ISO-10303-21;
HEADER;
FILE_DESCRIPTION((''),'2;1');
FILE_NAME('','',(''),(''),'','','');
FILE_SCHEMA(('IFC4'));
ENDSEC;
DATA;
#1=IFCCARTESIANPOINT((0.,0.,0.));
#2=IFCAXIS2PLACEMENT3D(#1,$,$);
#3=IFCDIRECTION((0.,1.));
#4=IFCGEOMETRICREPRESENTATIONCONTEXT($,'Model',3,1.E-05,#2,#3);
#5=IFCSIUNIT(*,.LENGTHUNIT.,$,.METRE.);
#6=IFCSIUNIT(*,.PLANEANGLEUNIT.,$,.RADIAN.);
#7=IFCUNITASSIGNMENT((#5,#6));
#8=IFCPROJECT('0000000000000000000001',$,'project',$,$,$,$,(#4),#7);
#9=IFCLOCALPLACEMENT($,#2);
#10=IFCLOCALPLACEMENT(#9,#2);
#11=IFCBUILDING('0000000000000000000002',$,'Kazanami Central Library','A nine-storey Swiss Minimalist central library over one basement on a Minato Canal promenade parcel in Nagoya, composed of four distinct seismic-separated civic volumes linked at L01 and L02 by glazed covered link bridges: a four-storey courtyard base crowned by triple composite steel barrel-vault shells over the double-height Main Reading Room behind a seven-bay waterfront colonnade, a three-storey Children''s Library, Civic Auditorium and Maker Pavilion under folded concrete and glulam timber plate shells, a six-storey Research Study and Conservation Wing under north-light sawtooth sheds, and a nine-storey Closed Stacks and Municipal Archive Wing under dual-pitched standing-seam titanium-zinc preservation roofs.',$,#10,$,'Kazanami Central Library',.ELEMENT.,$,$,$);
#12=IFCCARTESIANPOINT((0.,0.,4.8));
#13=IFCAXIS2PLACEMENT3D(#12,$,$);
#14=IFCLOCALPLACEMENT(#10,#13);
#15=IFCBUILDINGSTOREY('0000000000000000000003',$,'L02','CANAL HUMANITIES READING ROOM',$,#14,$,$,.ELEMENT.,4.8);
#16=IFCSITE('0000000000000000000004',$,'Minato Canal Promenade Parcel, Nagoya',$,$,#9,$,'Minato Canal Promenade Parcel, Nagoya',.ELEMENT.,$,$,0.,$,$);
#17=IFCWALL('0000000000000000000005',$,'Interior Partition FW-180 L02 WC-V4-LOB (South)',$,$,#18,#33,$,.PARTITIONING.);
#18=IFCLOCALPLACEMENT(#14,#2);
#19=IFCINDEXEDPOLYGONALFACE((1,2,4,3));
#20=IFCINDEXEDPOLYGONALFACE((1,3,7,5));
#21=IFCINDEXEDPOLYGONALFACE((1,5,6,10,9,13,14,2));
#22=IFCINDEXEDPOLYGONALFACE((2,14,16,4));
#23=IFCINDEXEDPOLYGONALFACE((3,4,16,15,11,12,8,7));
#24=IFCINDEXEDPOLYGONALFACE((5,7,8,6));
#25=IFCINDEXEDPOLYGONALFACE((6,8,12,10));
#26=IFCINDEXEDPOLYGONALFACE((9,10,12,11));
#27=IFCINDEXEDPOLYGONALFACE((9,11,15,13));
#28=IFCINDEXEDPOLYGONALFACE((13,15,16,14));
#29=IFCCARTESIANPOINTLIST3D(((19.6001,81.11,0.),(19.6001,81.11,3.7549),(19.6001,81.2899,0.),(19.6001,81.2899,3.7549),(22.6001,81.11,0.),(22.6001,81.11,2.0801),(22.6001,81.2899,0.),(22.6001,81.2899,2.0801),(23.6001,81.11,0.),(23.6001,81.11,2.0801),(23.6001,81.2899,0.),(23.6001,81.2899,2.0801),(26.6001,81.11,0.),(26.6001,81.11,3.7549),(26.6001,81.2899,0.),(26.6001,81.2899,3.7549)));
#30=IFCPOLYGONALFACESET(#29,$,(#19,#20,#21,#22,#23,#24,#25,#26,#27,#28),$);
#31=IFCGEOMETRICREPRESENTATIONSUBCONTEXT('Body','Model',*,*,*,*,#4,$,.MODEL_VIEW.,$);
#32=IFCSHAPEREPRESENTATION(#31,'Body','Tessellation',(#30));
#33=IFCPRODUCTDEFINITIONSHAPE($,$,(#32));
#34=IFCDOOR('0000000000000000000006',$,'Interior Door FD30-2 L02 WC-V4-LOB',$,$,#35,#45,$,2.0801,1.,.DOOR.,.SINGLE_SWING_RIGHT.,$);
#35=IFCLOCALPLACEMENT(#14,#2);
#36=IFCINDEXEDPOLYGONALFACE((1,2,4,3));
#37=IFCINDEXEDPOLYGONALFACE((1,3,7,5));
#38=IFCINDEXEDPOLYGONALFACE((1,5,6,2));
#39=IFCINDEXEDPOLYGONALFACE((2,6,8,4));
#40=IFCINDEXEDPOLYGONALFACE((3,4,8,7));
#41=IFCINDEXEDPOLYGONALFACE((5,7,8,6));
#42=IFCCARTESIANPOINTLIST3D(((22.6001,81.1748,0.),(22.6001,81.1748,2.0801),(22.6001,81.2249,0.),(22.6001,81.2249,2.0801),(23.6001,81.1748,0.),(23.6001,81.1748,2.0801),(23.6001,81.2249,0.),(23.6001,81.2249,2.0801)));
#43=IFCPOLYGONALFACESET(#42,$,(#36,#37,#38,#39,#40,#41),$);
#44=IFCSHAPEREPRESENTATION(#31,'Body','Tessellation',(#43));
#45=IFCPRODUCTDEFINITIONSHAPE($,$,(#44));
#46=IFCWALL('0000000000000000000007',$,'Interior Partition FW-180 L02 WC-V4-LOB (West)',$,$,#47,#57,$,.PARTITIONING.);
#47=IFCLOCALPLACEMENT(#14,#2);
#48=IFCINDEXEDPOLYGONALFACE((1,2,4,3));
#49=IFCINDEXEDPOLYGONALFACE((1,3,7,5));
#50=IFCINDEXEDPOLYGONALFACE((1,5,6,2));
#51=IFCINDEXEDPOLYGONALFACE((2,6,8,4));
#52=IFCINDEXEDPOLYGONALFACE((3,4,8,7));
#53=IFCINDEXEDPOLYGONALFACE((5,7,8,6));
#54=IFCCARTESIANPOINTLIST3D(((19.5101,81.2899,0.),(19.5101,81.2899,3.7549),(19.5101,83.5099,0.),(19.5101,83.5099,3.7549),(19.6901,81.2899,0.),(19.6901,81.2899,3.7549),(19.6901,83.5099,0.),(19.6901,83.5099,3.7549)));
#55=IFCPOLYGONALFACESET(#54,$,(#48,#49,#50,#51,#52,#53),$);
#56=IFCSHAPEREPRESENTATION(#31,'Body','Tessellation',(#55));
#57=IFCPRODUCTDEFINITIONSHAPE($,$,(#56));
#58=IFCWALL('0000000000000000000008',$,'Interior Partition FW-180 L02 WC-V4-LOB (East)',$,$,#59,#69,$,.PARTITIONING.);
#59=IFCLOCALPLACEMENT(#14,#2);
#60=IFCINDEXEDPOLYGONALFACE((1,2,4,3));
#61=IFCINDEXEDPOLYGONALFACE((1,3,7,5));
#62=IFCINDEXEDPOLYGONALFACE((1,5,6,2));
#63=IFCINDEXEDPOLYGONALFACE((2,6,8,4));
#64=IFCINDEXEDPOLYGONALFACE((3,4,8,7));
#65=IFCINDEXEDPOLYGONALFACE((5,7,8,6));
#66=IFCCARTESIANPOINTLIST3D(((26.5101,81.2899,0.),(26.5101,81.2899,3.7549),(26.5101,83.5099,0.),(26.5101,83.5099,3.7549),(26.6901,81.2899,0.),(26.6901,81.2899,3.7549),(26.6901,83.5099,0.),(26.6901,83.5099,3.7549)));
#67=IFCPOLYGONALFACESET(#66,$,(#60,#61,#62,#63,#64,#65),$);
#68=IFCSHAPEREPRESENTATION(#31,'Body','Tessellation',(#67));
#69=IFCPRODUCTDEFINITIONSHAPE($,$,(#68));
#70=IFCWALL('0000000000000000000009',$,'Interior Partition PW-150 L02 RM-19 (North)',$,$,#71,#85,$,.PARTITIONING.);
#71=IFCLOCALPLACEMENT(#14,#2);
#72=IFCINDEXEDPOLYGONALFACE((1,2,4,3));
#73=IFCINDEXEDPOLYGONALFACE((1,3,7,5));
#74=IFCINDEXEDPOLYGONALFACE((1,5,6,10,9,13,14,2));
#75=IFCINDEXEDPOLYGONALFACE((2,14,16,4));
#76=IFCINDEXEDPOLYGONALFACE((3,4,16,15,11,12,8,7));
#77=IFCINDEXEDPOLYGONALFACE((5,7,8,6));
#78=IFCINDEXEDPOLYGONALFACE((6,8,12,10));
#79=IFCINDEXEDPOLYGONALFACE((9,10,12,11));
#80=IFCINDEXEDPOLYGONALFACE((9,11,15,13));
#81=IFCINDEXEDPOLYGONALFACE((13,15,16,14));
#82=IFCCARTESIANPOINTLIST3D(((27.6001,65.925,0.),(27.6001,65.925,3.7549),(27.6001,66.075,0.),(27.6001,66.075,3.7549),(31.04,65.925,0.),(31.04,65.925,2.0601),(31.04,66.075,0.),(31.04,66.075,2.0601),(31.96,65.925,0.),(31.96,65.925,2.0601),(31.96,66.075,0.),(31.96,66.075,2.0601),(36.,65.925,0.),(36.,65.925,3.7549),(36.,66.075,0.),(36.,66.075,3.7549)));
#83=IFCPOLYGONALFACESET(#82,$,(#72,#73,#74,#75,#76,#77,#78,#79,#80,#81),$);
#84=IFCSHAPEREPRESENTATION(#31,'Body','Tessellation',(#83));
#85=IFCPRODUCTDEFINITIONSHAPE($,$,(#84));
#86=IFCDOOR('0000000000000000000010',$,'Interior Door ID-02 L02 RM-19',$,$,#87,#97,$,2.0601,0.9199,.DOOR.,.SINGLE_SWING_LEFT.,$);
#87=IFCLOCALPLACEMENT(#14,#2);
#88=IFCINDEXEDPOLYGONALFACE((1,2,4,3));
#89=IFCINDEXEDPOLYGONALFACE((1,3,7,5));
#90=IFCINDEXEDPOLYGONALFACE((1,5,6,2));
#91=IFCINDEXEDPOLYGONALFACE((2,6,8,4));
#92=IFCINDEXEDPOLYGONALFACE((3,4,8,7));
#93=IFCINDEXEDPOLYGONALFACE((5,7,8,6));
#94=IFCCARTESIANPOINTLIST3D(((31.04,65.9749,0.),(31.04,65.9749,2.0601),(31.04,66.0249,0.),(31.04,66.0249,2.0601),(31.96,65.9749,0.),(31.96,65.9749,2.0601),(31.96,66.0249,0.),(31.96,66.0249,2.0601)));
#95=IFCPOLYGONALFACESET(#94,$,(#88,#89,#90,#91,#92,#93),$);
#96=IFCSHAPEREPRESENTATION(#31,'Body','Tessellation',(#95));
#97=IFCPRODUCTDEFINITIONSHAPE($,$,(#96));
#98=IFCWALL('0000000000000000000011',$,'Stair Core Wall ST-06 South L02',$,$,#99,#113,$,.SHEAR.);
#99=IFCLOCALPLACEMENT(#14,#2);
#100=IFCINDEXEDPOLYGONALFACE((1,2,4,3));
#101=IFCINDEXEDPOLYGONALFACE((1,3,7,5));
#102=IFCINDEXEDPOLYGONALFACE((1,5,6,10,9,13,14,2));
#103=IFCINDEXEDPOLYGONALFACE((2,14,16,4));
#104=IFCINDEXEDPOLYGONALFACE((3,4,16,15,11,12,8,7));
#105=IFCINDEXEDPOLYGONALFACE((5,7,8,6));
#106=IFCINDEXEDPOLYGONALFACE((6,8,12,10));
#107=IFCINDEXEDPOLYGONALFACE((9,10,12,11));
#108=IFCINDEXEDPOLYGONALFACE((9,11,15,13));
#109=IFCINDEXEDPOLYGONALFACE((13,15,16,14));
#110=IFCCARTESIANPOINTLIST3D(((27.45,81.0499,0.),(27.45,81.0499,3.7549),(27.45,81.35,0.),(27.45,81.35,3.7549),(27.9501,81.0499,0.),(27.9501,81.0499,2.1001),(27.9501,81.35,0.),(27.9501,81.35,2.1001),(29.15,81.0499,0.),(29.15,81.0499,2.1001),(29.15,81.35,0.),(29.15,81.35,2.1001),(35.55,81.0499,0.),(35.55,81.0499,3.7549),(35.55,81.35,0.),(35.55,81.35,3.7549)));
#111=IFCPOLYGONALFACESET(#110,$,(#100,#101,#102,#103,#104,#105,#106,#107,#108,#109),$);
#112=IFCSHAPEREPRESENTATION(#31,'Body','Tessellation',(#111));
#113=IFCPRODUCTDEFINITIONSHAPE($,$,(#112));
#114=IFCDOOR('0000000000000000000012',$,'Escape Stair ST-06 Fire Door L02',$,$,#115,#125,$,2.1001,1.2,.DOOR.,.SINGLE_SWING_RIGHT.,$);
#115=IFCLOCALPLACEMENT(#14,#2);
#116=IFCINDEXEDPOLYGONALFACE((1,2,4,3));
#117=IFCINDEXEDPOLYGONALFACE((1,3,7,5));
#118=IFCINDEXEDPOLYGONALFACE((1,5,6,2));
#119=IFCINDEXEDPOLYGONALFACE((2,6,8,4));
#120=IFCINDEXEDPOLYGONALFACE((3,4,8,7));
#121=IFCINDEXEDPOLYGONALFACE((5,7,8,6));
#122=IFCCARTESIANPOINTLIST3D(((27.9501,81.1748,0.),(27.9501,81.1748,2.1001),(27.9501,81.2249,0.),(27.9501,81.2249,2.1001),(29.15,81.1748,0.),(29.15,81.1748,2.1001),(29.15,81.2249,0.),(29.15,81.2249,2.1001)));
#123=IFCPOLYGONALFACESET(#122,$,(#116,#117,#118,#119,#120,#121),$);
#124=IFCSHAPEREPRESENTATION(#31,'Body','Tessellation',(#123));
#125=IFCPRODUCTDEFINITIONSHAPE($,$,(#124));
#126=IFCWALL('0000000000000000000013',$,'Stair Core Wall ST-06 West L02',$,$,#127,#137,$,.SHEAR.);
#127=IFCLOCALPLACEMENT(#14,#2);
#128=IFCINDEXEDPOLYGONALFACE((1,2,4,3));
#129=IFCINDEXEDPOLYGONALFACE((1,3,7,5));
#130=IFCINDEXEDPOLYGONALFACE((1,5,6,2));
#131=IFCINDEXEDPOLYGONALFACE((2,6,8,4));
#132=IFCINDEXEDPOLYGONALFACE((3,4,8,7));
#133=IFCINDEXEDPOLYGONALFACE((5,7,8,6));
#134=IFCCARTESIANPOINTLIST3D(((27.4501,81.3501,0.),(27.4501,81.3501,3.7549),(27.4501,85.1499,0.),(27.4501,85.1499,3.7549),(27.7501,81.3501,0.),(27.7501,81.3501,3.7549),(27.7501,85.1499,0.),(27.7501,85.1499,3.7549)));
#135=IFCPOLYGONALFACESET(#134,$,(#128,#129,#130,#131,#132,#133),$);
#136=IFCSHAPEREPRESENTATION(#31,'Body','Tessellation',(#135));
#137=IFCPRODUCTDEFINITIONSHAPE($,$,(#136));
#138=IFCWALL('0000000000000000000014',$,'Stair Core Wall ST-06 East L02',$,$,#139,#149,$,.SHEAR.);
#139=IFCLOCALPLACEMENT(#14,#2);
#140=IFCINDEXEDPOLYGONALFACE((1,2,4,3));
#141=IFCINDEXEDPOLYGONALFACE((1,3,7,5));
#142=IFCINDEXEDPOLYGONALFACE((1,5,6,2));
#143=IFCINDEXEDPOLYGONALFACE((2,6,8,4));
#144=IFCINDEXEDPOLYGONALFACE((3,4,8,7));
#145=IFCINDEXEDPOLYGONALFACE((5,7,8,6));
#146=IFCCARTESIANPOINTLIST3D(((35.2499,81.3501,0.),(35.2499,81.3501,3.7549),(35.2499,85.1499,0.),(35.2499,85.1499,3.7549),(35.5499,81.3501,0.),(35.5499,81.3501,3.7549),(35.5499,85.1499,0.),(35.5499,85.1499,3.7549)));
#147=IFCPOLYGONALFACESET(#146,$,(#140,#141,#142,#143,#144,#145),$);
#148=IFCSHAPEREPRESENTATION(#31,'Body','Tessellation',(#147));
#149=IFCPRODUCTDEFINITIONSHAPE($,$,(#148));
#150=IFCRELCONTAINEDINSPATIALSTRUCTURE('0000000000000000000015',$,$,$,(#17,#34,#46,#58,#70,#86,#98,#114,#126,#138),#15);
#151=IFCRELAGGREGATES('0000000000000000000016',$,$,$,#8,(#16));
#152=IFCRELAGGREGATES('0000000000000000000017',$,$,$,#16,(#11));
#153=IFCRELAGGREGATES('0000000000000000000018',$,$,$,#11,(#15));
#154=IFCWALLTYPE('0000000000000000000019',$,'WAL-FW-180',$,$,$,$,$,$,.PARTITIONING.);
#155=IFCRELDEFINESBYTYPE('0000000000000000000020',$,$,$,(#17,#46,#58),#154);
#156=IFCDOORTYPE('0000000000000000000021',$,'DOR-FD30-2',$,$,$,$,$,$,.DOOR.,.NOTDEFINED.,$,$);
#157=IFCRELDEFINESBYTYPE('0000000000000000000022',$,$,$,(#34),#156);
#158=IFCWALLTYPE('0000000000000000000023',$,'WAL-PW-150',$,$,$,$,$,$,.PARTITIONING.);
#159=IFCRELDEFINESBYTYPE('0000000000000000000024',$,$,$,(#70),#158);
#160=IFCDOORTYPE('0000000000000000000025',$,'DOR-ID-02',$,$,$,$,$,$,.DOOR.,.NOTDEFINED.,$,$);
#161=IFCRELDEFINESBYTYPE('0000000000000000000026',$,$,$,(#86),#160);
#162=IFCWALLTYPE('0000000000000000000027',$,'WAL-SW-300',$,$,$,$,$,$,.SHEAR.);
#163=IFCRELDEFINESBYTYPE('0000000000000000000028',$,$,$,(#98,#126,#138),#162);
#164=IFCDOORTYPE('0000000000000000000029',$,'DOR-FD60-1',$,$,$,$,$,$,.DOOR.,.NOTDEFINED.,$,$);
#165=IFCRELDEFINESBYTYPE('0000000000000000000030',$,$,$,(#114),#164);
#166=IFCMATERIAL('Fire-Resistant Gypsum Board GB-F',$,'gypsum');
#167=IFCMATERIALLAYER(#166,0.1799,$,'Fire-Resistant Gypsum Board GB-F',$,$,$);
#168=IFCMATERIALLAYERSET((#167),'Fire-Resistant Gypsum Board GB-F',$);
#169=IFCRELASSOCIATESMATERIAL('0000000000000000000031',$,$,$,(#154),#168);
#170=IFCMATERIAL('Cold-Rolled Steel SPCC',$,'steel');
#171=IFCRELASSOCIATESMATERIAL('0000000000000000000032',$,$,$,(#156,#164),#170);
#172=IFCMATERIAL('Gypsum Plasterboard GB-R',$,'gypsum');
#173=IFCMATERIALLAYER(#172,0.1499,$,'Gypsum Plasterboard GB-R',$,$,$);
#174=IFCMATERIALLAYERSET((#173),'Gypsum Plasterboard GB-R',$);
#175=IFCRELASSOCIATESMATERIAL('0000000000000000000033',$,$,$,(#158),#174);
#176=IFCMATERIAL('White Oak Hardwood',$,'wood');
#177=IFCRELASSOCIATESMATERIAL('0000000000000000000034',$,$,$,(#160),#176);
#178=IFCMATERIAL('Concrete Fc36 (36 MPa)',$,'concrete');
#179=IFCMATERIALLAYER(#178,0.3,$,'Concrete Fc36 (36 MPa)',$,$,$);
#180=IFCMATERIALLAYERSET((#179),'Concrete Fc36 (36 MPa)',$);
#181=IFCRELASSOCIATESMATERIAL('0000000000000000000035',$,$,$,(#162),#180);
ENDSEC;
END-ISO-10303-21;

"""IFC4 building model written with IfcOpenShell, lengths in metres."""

from ifc_helpers import new_model, si_unit, direction, frame, frame_2d, origin, place, context, subcontext, project, spatial, rectangle, extrude, material, layer, layer_set, type_object, element, fill, save


model = new_model("IFC4")

# Units and contexts
model_context = context("Model", 3, precision=1e-05, world=origin(), true_north=direction((0.0, 1.0)))
body_context = subcontext(model_context, "Body", "Model", "MODEL_VIEW")
ifc_project = project(units=[si_unit("LENGTHUNIT", "METRE"), si_unit("PLANEANGLEUNIT", "RADIAN")], contexts=[model_context])

# Site, building, storey
site_placement = place(None, origin())
site = spatial("IfcSite", under=ifc_project, at=site_placement, Name="Minato Canal Promenade Parcel, Nagoya", LongName="Minato Canal Promenade Parcel, Nagoya", CompositionType="ELEMENT", RefElevation=0.0)
building_placement = place(site_placement, origin())
building = spatial("IfcBuilding", under=site, at=building_placement, Name="Kazanami Central Library", Description="A nine-storey Swiss Minimalist central library over one basement on a Minato Canal promenade parcel in Nagoya, composed of four distinct seismic-separated civic volumes linked at L01 and L02 by glazed covered link bridges: a four-storey courtyard base crowned by triple composite steel barrel-vault shells over the double-height Main Reading Room behind a seven-bay waterfront colonnade, a three-storey Children's Library, Civic Auditorium and Maker Pavilion under folded concrete and glulam timber plate shells, a six-storey Research Study and Conservation Wing under north-light sawtooth sheds, and a nine-storey Closed Stacks and Municipal Archive Wing under dual-pitched standing-seam titanium-zinc preservation roofs.", LongName="Kazanami Central Library", CompositionType="ELEMENT")
storey_placement = place(building_placement, frame((0.0, 0.0, 4.8)))
storey = spatial("IfcBuildingStorey", under=building, at=storey_placement, Name="L02", Description="CANAL HUMANITIES READING ROOM", CompositionType="ELEMENT", Elevation=4.8)

# Shared definitions
ifc_material_1 = material(Name="Fire-Resistant Gypsum Board GB-F", Category="gypsum")
ifc_material_2 = material(Name="Cold-Rolled Steel SPCC", Category="steel")

# Wall, opening, door
ifc_layer_1 = layer(ifc_material_1, 0.1799, Name="Fire-Resistant Gypsum Board GB-F")
ifc_layer_set_1 = layer_set([ifc_layer_1], Name="Fire-Resistant Gypsum Board GB-F")
wall_type_1 = type_object("IfcWallType", Name="WAL-FW-180", PredefinedType="PARTITIONING", material=ifc_layer_set_1)
wall_1_placement = place(storey_placement, frame((19.6001, 81.2, 0.0), z_axis=(0.0, 0.0, 1.0), x_axis=(1.0, 0.0, 0.0)))
wall_1 = element("IfcWall", 1, at=wall_1_placement, inside=storey, type_object=wall_type_1, Name="Interior Partition FW-180 L02 WC-V4-LOB (South)", PredefinedType="PARTITIONING", context=body_context, shape_type="SweptSolid", body=[
    extrude(rectangle(XDim=7.0, YDim=0.1799, at=frame_2d((3.5, 0.0))), origin(), (0.0, 0.0, 1.0), 3.7549),
])
opening_1_placement = place(wall_1_placement, frame((3.0, 0.0, 0.0)))
opening_1 = element("IfcOpeningElement", 2, at=opening_1_placement, cuts=wall_1, PredefinedType="OPENING", context=body_context, shape_type="SweptSolid", body=[
    extrude(rectangle(XDim=1.0, YDim=2.0801, at=frame_2d((0.5, 1.04))), frame((0.0, 0.1021, 0.0), z_axis=(0.0, -1.0, 0.0), x_axis=(1.0, 0.0, 0.0)), (0.0, 0.0, 1.0), 0.2039),
])
door_type_1 = type_object("IfcDoorType", Name="DOR-FD30-2", OperationType="NOTDEFINED", PredefinedType="DOOR", material=ifc_material_2)
door_1_placement = place(opening_1_placement, origin())
door_1 = element("IfcDoor", 3, at=door_1_placement, inside=storey, type_object=door_type_1, Name="Interior Door FD30-2 L02 WC-V4-LOB", OperationType="SINGLE_SWING_RIGHT", OverallHeight=2.0801, OverallWidth=1.0, PredefinedType="DOOR", context=body_context, shape_type="SweptSolid", body=[
    extrude(rectangle(XDim=1.0, YDim=2.0801, at=frame_2d((0.5, 1.04))), frame((0.0, 0.0249, 0.0), z_axis=(0.0, -1.0, 0.0), x_axis=(1.0, 0.0, 0.0)), (0.0, 0.0, 1.0), 0.05),
])
fill(opening_1, door_1)

# Walls
for number, where, z_axis, x_axis, name in (
    (4, (19.6001, 81.29, 0.0), (0.0, 0.0, 1.0), (0.0, 1.0, 0.0), "Interior Partition FW-180 L02 WC-V4-LOB (West)"),
    (5, (26.6001, 81.29, 0.0), (0.0, 0.0, 1.0), (0.0, 1.0, 0.0), "Interior Partition FW-180 L02 WC-V4-LOB (East)"),
):
    element("IfcWall", number, at=place(storey_placement, frame(where, z_axis=z_axis, x_axis=x_axis)), inside=storey, type_object=wall_type_1, Name=name, PredefinedType="PARTITIONING", context=body_context, shape_type="SweptSolid", body=[
        extrude(rectangle(XDim=2.22, YDim=0.1799, at=frame_2d((1.1099, 0.0))), origin(), (0.0, 0.0, 1.0), 3.7549),
    ])

# Walls, openings, doors
ifc_material_3 = material(Name="Gypsum Plasterboard GB-R", Category="gypsum")
ifc_layer_2 = layer(ifc_material_3, 0.1499, Name="Gypsum Plasterboard GB-R")
ifc_layer_set_2 = layer_set([ifc_layer_2], Name="Gypsum Plasterboard GB-R")
wall_type_2 = type_object("IfcWallType", Name="WAL-PW-150", PredefinedType="PARTITIONING", material=ifc_layer_set_2)
wall_2_placement = place(storey_placement, frame((27.6001, 66.0, 0.0), z_axis=(0.0, 0.0, 1.0), x_axis=(1.0, 0.0, 0.0)))
wall_2 = element("IfcWall", 6, at=wall_2_placement, inside=storey, type_object=wall_type_2, Name="Interior Partition PW-150 L02 RM-19 (North)", PredefinedType="PARTITIONING", context=body_context, shape_type="SweptSolid", body=[
    extrude(rectangle(XDim=8.3999, YDim=0.1499, at=frame_2d((4.2, 0.0))), origin(), (0.0, 0.0, 1.0), 3.7549),
])
opening_2_placement = place(wall_2_placement, frame((3.4399, 0.0, 0.0)))
opening_2 = element("IfcOpeningElement", 7, at=opening_2_placement, cuts=wall_2, PredefinedType="OPENING", context=body_context, shape_type="SweptSolid", body=[
    extrude(rectangle(XDim=0.9199, YDim=2.0601, at=frame_2d((0.46, 1.03))), frame((0.0, 0.0869, 0.0), z_axis=(0.0, -1.0, 0.0), x_axis=(1.0, 0.0, 0.0)), (0.0, 0.0, 1.0), 0.1738),
])
ifc_material_4 = material(Name="White Oak Hardwood", Category="wood")
door_type_2 = type_object("IfcDoorType", Name="DOR-ID-02", OperationType="NOTDEFINED", PredefinedType="DOOR", material=ifc_material_4)
door_2_placement = place(opening_2_placement, origin())
door_2 = element("IfcDoor", 8, at=door_2_placement, inside=storey, type_object=door_type_2, Name="Interior Door ID-02 L02 RM-19", OperationType="SINGLE_SWING_LEFT", OverallHeight=2.0601, OverallWidth=0.9199, PredefinedType="DOOR", context=body_context, shape_type="SweptSolid", body=[
    extrude(rectangle(XDim=0.9199, YDim=2.0601, at=frame_2d((0.46, 1.03))), frame((0.0, 0.0249, 0.0), z_axis=(0.0, -1.0, 0.0), x_axis=(1.0, 0.0, 0.0)), (0.0, 0.0, 1.0), 0.05),
])
fill(opening_2, door_2)
ifc_material_5 = material(Name="Concrete Fc36 (36 MPa)", Category="concrete")
ifc_layer_3 = layer(ifc_material_5, 0.3, Name="Concrete Fc36 (36 MPa)")
ifc_layer_set_3 = layer_set([ifc_layer_3], Name="Concrete Fc36 (36 MPa)")
wall_type_3 = type_object("IfcWallType", Name="WAL-SW-300", PredefinedType="SHEAR", material=ifc_layer_set_3)
wall_3_placement = place(storey_placement, frame((27.45, 81.2, 0.0), z_axis=(0.0, 0.0, 1.0), x_axis=(1.0, 0.0, 0.0)))
wall_3 = element("IfcWall", 9, at=wall_3_placement, inside=storey, type_object=wall_type_3, Name="Stair Core Wall ST-06 South L02", PredefinedType="SHEAR", context=body_context, shape_type="SweptSolid", body=[
    extrude(rectangle(XDim=8.1001, YDim=0.3, at=frame_2d((4.05, 0.0))), origin(), (0.0, 0.0, 1.0), 3.7549),
])
opening_3_placement = place(wall_3_placement, frame((0.5, 0.0, 0.0)))
opening_3 = element("IfcOpeningElement", 10, at=opening_3_placement, cuts=wall_3, PredefinedType="OPENING", context=body_context, shape_type="SweptSolid", body=[
    extrude(rectangle(XDim=1.2, YDim=2.1001, at=frame_2d((0.6001, 1.05))), frame((0.0, 0.1621, 0.0), z_axis=(0.0, -1.0, 0.0), x_axis=(1.0, 0.0, 0.0)), (0.0, 0.0, 1.0), 0.324),
])
door_type_3 = type_object("IfcDoorType", Name="DOR-FD60-1", OperationType="NOTDEFINED", PredefinedType="DOOR", material=ifc_material_2)
door_3_placement = place(opening_3_placement, origin())
door_3 = element("IfcDoor", 11, at=door_3_placement, inside=storey, type_object=door_type_3, Name="Escape Stair ST-06 Fire Door L02", OperationType="SINGLE_SWING_RIGHT", OverallHeight=2.1001, OverallWidth=1.2, PredefinedType="DOOR", context=body_context, shape_type="SweptSolid", body=[
    extrude(rectangle(XDim=1.2, YDim=2.1001, at=frame_2d((0.6001, 1.05))), frame((0.0, 0.0249, 0.0), z_axis=(0.0, -1.0, 0.0), x_axis=(1.0, 0.0, 0.0)), (0.0, 0.0, 1.0), 0.05),
])
fill(opening_3, door_3)

# Walls
for number, where, z_axis, x_axis, name in (
    (12, (27.6001, 81.3501, 0.0), (0.0, 0.0, 1.0), (0.0, 1.0, 0.0), "Stair Core Wall ST-06 West L02"),
    (13, (35.3999, 81.3501, 0.0), (0.0, 0.0, 1.0), (0.0, 1.0, 0.0), "Stair Core Wall ST-06 East L02"),
):
    element("IfcWall", number, at=place(storey_placement, frame(where, z_axis=z_axis, x_axis=x_axis)), inside=storey, type_object=wall_type_3, Name=name, PredefinedType="SHEAR", context=body_context, shape_type="SweptSolid", body=[
        extrude(rectangle(XDim=3.7998, YDim=0.3, at=frame_2d((1.8999, 0.0))), origin(), (0.0, 0.0, 1.0), 3.7549),
    ])

save(model, "model.ifc")
